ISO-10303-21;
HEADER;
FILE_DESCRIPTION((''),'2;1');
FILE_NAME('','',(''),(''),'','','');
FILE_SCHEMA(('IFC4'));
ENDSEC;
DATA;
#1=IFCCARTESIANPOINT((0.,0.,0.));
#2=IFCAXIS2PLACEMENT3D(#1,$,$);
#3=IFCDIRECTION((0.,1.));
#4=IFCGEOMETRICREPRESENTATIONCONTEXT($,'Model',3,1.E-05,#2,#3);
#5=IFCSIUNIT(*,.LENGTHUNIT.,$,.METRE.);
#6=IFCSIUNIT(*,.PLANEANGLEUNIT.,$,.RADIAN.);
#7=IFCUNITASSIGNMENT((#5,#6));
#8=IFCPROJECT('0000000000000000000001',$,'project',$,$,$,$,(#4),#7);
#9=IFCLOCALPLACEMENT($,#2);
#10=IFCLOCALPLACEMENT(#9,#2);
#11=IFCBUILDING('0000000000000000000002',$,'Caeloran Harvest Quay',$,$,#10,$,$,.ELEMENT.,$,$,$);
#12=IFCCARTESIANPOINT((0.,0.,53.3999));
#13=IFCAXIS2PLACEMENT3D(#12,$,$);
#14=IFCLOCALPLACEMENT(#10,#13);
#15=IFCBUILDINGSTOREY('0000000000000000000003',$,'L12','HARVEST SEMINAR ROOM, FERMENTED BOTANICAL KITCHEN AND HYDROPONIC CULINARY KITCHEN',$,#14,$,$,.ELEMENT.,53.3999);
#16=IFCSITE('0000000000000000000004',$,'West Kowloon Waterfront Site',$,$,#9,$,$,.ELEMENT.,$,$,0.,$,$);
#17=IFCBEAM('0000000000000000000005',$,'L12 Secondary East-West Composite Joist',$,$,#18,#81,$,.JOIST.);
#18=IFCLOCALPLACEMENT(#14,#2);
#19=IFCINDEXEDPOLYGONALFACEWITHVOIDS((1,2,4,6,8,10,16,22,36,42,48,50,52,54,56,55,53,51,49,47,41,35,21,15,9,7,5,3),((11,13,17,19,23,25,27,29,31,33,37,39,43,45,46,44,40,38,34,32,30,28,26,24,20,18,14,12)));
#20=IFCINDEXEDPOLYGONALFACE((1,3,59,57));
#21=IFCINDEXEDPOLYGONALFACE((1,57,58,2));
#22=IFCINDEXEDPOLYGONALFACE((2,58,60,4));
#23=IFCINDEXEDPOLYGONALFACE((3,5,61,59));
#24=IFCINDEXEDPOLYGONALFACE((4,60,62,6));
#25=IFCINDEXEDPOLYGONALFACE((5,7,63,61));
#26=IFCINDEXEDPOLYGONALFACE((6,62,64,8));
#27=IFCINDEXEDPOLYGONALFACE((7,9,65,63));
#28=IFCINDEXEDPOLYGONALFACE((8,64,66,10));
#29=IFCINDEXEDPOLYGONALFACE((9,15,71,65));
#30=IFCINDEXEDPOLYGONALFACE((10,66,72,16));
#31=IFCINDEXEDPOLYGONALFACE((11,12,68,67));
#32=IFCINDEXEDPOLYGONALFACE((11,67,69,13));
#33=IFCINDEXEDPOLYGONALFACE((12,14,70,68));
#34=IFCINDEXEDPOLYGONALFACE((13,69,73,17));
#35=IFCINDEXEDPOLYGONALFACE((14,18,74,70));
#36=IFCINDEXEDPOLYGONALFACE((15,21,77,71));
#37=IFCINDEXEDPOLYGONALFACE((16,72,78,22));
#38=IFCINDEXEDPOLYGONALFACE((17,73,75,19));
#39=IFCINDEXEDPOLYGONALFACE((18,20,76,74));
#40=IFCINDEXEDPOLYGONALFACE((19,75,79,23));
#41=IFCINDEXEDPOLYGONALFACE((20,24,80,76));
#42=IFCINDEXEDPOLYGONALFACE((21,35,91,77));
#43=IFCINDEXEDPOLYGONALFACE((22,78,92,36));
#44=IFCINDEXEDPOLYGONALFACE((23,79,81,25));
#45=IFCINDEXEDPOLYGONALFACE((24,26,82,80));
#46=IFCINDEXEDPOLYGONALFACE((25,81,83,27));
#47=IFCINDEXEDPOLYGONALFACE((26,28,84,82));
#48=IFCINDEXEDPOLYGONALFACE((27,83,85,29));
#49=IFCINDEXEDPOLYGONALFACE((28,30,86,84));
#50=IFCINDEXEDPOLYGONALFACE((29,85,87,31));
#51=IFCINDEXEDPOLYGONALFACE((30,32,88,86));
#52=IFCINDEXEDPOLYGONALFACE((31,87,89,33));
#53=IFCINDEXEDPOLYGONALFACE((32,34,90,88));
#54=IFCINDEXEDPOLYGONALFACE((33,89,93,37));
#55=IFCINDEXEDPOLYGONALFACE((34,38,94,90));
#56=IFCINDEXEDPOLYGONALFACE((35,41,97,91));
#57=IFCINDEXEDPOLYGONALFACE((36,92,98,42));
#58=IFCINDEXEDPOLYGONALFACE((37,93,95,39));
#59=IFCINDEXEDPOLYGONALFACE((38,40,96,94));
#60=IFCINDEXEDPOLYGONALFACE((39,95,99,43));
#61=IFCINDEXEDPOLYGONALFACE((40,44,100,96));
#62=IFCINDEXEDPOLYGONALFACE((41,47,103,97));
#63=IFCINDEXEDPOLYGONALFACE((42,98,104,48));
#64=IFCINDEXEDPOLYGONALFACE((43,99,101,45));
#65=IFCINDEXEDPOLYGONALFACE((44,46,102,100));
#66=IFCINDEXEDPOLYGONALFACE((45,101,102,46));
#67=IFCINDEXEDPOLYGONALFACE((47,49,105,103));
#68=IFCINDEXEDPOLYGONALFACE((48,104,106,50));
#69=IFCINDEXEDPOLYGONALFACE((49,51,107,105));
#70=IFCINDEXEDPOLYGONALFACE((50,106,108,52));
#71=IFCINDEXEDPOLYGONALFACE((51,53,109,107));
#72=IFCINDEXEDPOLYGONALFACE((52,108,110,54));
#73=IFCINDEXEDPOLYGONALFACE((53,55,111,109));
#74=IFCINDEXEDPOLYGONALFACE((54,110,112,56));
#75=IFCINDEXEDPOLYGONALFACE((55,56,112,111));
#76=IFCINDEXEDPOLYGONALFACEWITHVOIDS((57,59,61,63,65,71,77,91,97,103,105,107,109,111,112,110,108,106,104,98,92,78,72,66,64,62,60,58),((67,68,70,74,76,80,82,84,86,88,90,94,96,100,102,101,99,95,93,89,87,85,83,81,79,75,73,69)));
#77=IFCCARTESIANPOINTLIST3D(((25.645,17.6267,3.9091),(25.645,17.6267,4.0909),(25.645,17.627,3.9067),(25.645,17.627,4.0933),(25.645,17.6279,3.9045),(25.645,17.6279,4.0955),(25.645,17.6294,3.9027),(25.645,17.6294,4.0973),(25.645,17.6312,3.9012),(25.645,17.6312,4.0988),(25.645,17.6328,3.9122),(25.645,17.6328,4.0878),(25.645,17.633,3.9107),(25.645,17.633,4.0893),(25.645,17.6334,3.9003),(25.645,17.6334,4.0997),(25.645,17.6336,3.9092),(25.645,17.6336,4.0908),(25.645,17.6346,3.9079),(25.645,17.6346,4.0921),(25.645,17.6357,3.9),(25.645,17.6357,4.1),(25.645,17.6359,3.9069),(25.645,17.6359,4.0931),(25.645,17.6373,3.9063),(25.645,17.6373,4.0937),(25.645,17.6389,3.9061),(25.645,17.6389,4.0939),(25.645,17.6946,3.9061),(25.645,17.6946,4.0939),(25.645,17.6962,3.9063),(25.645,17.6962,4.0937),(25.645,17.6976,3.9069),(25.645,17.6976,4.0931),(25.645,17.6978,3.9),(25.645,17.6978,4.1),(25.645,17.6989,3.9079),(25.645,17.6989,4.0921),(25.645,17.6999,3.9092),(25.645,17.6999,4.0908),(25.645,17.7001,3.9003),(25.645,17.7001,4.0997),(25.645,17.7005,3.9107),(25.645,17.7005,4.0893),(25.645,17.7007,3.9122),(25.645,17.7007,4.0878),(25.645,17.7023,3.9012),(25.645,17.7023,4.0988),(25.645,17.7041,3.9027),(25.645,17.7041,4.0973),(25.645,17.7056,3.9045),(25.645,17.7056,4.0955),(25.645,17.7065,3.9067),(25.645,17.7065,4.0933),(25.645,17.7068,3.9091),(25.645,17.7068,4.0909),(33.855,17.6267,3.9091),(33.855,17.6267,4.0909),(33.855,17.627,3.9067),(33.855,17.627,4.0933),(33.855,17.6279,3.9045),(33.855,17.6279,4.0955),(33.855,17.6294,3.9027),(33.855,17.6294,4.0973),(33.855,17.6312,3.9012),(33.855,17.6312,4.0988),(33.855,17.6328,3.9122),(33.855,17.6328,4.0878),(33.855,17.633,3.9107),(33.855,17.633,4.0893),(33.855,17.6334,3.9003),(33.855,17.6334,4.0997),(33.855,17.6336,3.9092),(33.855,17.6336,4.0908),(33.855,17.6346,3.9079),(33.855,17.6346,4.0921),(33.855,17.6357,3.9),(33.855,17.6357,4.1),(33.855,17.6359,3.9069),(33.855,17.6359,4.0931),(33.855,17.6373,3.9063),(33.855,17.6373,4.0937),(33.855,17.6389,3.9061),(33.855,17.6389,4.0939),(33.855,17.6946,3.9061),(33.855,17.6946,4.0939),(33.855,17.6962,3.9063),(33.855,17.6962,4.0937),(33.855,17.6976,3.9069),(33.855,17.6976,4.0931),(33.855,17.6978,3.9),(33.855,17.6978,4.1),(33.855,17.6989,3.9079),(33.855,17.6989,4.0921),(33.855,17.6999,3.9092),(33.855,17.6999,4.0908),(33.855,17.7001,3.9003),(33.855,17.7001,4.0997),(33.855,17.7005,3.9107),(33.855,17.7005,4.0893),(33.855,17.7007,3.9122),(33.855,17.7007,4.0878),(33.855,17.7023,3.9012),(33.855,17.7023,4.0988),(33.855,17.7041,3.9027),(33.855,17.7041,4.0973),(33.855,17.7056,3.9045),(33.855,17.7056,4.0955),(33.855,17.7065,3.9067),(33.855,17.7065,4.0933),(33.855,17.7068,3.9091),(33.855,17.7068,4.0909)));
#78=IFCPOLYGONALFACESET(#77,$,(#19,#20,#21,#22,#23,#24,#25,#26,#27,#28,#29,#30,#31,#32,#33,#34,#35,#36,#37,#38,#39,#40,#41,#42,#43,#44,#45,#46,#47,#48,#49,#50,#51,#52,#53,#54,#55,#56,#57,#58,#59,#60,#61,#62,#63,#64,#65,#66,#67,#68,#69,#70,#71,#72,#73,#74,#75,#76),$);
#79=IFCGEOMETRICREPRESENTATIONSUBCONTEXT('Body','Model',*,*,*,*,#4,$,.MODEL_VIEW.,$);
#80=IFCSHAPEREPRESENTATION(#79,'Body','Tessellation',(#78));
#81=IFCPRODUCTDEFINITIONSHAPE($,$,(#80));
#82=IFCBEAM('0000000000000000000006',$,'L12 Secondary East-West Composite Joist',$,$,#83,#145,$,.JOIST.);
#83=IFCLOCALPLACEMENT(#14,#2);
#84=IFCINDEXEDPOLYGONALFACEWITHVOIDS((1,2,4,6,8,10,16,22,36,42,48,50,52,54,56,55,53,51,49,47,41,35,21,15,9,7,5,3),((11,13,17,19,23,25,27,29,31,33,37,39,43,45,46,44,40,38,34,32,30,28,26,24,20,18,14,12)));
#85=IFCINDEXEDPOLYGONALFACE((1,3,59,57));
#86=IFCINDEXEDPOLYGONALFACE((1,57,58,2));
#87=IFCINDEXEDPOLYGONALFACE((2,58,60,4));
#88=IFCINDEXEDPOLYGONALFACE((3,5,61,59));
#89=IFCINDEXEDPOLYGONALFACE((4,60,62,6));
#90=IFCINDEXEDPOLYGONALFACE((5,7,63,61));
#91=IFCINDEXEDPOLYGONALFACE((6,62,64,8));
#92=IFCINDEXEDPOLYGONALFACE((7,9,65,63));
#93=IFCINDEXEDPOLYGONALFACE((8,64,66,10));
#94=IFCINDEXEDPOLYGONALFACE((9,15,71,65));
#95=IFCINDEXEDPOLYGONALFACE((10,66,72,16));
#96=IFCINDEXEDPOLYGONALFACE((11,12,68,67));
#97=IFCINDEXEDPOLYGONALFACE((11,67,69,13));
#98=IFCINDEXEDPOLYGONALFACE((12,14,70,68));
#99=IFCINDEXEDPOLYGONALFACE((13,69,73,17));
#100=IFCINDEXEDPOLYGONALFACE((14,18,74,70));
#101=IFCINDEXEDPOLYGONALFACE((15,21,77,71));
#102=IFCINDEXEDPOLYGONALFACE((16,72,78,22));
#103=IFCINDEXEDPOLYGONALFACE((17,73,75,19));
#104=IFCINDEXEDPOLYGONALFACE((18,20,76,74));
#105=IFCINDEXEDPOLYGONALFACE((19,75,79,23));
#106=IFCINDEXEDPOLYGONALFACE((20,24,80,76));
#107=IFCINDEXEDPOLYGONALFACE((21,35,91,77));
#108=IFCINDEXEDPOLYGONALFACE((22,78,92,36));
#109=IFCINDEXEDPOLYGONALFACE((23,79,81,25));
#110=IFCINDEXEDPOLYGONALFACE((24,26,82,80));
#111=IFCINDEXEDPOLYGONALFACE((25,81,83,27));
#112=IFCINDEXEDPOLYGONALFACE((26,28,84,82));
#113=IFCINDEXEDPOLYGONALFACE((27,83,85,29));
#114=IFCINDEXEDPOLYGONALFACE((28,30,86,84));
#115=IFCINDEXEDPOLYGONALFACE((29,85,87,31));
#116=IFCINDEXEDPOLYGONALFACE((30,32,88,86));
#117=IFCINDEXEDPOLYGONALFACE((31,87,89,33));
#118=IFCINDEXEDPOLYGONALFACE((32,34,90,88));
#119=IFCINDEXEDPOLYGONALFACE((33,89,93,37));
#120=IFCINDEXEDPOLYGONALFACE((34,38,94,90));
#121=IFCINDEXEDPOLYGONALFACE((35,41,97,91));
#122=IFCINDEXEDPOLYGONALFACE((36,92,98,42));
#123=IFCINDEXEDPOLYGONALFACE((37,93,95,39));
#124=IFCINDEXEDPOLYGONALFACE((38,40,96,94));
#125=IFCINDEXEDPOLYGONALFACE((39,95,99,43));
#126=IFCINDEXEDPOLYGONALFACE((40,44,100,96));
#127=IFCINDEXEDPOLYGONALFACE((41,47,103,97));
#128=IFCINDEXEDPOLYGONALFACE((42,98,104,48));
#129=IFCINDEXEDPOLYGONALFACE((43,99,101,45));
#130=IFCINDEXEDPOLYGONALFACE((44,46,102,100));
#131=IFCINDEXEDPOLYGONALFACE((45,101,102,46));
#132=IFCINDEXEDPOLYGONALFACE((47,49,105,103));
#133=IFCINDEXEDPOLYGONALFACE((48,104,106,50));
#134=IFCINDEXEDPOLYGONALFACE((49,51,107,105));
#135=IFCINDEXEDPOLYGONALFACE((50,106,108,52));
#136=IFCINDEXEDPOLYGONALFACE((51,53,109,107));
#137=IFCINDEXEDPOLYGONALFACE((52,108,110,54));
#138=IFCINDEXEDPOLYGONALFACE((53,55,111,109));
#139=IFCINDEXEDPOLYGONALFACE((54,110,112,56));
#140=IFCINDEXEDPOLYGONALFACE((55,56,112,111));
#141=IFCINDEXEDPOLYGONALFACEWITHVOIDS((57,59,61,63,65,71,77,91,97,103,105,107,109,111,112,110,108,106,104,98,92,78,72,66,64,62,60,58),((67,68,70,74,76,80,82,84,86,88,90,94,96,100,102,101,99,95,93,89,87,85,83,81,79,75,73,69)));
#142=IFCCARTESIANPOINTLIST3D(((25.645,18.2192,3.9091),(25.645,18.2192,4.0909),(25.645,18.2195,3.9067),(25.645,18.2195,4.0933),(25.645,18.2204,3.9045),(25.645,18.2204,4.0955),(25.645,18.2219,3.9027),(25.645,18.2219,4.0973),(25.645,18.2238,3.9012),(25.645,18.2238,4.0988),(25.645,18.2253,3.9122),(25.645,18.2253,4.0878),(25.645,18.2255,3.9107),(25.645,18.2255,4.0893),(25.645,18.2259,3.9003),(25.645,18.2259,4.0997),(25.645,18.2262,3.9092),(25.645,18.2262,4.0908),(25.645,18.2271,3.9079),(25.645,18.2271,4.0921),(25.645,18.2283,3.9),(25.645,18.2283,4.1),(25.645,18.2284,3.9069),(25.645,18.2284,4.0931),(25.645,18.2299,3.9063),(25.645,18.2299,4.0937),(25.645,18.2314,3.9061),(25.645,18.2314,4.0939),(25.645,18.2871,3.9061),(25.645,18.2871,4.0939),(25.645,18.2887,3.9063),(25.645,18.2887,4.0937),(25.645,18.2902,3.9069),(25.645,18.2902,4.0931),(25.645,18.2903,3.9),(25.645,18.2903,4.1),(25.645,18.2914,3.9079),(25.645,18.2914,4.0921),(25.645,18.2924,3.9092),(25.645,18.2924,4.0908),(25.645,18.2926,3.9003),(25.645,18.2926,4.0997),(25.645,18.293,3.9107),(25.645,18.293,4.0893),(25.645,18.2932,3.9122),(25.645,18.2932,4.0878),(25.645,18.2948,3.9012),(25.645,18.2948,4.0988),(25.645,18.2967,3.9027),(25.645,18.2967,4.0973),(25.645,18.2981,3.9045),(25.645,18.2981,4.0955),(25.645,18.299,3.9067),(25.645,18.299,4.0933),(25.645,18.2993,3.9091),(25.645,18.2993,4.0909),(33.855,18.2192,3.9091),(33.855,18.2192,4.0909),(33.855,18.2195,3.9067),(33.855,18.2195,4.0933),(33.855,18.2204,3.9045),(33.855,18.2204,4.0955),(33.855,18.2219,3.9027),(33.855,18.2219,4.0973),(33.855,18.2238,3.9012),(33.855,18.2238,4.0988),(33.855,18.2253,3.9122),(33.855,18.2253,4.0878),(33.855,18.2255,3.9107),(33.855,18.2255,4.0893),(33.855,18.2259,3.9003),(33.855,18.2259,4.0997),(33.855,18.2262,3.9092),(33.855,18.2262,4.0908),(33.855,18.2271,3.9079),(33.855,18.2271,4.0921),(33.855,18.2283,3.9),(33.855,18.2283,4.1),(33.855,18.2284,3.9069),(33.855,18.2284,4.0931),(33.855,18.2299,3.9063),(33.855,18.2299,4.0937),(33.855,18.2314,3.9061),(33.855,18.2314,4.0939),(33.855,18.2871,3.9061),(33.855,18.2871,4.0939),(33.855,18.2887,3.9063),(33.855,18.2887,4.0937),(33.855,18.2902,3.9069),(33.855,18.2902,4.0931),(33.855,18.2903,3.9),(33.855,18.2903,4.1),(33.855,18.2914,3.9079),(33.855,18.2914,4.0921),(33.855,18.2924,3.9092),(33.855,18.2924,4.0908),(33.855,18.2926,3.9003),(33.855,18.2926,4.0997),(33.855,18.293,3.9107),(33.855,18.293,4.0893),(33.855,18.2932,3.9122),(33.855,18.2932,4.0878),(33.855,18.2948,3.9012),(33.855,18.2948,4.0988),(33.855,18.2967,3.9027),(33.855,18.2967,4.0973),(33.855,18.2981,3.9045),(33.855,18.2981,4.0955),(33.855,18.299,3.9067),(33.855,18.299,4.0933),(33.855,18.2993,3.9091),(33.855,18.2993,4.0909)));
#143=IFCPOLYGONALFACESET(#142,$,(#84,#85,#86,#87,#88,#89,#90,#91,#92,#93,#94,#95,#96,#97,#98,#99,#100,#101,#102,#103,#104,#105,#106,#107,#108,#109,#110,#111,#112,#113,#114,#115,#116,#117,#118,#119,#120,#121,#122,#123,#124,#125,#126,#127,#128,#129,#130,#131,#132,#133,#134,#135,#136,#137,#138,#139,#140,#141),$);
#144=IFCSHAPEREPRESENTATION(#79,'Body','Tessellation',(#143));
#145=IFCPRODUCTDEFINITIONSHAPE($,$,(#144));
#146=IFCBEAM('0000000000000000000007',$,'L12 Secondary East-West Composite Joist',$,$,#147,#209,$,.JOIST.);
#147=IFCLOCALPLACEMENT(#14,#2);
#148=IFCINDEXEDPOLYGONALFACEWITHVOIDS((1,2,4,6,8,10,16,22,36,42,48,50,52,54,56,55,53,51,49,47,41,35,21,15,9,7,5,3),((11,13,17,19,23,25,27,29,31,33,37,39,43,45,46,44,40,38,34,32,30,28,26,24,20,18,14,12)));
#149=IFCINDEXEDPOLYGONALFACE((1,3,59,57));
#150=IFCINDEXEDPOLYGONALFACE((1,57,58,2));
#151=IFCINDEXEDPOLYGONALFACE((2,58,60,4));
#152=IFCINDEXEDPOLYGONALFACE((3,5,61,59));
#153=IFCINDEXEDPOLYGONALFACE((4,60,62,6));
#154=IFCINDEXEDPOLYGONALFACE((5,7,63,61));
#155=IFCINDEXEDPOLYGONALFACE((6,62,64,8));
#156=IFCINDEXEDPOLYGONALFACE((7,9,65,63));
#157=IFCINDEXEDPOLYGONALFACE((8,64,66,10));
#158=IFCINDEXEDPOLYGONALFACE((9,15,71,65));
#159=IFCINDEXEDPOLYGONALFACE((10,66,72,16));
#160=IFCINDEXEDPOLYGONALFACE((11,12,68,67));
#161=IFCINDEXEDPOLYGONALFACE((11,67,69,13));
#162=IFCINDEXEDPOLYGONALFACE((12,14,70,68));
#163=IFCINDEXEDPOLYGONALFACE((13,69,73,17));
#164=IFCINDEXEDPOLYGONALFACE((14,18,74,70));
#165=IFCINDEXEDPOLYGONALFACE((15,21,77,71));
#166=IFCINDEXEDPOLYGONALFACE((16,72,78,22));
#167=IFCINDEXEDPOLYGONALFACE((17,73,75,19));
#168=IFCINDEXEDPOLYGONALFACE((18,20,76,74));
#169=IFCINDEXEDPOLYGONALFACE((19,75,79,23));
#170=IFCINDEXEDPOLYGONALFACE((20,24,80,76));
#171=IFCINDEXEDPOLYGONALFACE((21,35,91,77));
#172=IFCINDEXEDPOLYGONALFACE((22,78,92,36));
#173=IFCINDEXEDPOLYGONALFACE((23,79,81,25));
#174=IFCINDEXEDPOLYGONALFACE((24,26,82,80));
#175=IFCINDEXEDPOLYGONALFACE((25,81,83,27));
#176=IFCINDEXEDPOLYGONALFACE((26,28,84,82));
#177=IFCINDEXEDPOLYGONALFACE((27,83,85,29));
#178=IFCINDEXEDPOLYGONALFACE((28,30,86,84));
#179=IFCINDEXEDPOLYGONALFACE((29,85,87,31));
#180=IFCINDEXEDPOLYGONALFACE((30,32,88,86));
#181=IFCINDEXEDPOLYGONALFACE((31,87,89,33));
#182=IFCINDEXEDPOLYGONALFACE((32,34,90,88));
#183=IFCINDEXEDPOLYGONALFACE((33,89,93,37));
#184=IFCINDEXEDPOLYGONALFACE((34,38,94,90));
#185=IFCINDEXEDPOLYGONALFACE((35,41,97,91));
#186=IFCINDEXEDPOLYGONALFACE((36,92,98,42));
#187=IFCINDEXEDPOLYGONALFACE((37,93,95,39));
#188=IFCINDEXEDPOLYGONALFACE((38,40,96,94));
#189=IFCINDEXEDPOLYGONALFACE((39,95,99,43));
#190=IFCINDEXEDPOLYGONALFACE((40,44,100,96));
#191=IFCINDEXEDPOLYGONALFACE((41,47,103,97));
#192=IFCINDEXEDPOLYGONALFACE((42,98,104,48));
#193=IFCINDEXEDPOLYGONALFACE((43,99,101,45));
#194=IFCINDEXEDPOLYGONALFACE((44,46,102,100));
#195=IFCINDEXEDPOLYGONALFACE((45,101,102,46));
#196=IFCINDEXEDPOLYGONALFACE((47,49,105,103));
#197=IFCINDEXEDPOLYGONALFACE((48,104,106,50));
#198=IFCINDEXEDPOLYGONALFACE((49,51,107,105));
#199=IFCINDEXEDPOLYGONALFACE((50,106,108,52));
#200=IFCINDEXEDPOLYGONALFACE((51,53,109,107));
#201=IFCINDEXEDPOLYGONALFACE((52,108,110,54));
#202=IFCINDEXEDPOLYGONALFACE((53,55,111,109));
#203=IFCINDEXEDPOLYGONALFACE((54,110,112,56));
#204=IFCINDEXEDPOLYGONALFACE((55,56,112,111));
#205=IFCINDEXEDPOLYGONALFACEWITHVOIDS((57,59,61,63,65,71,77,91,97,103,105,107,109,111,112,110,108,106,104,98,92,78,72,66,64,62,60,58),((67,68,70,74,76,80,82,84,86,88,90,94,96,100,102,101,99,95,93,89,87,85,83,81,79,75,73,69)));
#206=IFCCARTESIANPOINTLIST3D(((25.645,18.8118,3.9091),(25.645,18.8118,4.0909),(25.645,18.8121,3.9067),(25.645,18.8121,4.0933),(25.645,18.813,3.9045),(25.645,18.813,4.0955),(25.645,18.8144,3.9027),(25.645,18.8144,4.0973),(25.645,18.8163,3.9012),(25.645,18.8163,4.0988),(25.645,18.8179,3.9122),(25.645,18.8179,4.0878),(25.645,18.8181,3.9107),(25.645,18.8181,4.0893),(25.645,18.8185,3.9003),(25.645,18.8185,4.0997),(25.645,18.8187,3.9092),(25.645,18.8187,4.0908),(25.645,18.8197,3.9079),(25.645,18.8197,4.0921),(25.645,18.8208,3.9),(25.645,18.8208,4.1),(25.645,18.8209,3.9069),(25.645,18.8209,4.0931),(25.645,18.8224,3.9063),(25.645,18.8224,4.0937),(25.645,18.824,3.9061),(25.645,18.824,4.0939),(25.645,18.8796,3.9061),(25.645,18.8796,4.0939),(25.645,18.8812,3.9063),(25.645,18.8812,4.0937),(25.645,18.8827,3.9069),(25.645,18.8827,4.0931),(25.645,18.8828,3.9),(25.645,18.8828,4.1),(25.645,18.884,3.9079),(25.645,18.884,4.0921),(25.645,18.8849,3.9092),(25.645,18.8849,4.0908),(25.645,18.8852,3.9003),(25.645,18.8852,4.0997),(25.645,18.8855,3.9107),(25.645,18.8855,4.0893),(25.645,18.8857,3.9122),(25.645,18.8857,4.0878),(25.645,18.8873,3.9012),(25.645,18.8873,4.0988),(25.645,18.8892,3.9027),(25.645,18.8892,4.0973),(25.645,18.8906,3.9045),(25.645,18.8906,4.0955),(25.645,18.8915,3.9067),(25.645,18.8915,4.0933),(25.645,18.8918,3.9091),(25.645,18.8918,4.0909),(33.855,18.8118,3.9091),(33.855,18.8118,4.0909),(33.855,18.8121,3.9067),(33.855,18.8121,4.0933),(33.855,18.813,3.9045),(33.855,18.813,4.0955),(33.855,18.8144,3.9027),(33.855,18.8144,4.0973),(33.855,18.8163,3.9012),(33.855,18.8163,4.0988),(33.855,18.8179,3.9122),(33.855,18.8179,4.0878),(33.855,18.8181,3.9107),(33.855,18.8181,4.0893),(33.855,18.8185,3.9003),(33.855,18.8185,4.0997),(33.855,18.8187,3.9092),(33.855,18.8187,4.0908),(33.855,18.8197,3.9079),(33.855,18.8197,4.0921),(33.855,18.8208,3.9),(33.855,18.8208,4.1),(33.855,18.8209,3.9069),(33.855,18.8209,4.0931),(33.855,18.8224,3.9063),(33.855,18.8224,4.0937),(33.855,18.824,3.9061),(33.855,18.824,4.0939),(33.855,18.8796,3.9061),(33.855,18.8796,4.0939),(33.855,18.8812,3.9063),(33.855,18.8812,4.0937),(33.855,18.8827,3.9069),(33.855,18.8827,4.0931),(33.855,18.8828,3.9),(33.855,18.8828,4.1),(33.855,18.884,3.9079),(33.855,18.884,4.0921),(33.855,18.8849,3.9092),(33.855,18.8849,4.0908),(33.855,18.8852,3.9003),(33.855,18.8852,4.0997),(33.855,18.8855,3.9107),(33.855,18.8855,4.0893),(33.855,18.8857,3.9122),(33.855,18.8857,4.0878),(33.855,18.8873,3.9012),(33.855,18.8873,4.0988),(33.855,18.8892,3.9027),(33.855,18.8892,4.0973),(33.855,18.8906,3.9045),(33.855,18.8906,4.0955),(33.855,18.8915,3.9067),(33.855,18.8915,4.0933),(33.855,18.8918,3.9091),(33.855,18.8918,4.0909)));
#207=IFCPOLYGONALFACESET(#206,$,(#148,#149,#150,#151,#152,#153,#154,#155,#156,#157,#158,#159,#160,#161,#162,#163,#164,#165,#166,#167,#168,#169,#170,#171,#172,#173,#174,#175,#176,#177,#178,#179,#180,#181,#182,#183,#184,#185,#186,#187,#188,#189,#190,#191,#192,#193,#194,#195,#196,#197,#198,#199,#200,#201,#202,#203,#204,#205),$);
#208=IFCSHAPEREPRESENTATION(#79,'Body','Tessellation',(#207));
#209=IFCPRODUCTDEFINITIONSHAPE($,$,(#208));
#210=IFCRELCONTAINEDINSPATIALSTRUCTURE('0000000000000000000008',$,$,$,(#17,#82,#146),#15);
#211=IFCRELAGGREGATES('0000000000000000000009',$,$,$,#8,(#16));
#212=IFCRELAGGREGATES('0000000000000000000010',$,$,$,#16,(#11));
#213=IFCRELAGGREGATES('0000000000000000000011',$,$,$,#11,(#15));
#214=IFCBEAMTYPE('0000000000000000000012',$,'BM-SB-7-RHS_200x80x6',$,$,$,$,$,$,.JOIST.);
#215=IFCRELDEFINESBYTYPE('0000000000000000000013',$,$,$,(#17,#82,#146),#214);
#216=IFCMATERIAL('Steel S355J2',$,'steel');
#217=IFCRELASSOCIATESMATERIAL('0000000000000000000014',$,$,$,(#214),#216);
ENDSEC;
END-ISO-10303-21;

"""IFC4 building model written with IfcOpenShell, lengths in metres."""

from ifc_helpers import new_model, si_unit, direction, frame, origin, origin_2d, place, context, subcontext, project, spatial, hollow_rectangle, extrude, material, material_profile, profile_set, type_object, element, save


model = new_model("IFC4")

# Units and contexts
model_context = context("Model", 3, precision=1e-05, world=origin(), true_north=direction((0.0, 1.0)))
body_context = subcontext(model_context, "Body", "Model", "MODEL_VIEW")
ifc_project = project(units=[si_unit("LENGTHUNIT", "METRE"), si_unit("PLANEANGLEUNIT", "RADIAN")], contexts=[model_context])

# Site, building, storey
site_placement = place(None, origin())
site = spatial("IfcSite", under=ifc_project, at=site_placement, Name="West Kowloon Waterfront Site", CompositionType="ELEMENT", RefElevation=0.0)
building_placement = place(site_placement, origin())
building = spatial("IfcBuilding", under=site, at=building_placement, Name="Caeloran Harvest Quay", CompositionType="ELEMENT")
storey_placement = place(building_placement, frame((0.0, 0.0, 53.3999)))
storey = spatial("IfcBuildingStorey", under=building, at=storey_placement, Name="L12", Description="HARVEST SEMINAR ROOM, FERMENTED BOTANICAL KITCHEN AND HYDROPONIC CULINARY KITCHEN", CompositionType="ELEMENT", Elevation=53.3999)

# Beams
ifc_material_1 = material(Name="Steel S355J2", Category="steel")
ifc_material_profile_1 = material_profile(ifc_material_1, hollow_rectangle(XDim=0.0801, YDim=0.2, WallThickness=0.0061, InnerFilletRadius=0.0061, OuterFilletRadius=0.009, at=origin_2d()), Name="RHS 200x80x6")
ifc_profile_set_1 = profile_set([ifc_material_profile_1], Name="Steel S355J2")
beam_type_1 = type_object("IfcBeamType", Name="BM-SB-7-RHS_200x80x6", PredefinedType="JOIST", material=ifc_profile_set_1)
for number, where, z_axis, x_axis, name in (
    (1, (25.645, 17.6667, 4.0), (1.0, 0.0, 0.0), (0.0, 1.0, 0.0), "L12 Secondary East-West Composite Joist"),
    (2, (25.645, 18.2593, 4.0), (1.0, 0.0, 0.0), (0.0, 1.0, 0.0), "L12 Secondary East-West Composite Joist"),
    (3, (25.645, 18.8518, 4.0), (1.0, 0.0, 0.0), (0.0, 1.0, 0.0), "L12 Secondary East-West Composite Joist"),
):
    element("IfcBeam", number, at=place(storey_placement, frame(where, z_axis=z_axis, x_axis=x_axis)), inside=storey, type_object=beam_type_1, Name=name, PredefinedType="JOIST", context=body_context, shape_type="SweptSolid", body=[
        extrude(hollow_rectangle(XDim=0.0801, YDim=0.2, WallThickness=0.0061, InnerFilletRadius=0.0061, OuterFilletRadius=0.009, at=origin_2d()), origin(), (0.0, 0.0, 1.0), 8.21),
    ])

save(model, "model.ifc")
